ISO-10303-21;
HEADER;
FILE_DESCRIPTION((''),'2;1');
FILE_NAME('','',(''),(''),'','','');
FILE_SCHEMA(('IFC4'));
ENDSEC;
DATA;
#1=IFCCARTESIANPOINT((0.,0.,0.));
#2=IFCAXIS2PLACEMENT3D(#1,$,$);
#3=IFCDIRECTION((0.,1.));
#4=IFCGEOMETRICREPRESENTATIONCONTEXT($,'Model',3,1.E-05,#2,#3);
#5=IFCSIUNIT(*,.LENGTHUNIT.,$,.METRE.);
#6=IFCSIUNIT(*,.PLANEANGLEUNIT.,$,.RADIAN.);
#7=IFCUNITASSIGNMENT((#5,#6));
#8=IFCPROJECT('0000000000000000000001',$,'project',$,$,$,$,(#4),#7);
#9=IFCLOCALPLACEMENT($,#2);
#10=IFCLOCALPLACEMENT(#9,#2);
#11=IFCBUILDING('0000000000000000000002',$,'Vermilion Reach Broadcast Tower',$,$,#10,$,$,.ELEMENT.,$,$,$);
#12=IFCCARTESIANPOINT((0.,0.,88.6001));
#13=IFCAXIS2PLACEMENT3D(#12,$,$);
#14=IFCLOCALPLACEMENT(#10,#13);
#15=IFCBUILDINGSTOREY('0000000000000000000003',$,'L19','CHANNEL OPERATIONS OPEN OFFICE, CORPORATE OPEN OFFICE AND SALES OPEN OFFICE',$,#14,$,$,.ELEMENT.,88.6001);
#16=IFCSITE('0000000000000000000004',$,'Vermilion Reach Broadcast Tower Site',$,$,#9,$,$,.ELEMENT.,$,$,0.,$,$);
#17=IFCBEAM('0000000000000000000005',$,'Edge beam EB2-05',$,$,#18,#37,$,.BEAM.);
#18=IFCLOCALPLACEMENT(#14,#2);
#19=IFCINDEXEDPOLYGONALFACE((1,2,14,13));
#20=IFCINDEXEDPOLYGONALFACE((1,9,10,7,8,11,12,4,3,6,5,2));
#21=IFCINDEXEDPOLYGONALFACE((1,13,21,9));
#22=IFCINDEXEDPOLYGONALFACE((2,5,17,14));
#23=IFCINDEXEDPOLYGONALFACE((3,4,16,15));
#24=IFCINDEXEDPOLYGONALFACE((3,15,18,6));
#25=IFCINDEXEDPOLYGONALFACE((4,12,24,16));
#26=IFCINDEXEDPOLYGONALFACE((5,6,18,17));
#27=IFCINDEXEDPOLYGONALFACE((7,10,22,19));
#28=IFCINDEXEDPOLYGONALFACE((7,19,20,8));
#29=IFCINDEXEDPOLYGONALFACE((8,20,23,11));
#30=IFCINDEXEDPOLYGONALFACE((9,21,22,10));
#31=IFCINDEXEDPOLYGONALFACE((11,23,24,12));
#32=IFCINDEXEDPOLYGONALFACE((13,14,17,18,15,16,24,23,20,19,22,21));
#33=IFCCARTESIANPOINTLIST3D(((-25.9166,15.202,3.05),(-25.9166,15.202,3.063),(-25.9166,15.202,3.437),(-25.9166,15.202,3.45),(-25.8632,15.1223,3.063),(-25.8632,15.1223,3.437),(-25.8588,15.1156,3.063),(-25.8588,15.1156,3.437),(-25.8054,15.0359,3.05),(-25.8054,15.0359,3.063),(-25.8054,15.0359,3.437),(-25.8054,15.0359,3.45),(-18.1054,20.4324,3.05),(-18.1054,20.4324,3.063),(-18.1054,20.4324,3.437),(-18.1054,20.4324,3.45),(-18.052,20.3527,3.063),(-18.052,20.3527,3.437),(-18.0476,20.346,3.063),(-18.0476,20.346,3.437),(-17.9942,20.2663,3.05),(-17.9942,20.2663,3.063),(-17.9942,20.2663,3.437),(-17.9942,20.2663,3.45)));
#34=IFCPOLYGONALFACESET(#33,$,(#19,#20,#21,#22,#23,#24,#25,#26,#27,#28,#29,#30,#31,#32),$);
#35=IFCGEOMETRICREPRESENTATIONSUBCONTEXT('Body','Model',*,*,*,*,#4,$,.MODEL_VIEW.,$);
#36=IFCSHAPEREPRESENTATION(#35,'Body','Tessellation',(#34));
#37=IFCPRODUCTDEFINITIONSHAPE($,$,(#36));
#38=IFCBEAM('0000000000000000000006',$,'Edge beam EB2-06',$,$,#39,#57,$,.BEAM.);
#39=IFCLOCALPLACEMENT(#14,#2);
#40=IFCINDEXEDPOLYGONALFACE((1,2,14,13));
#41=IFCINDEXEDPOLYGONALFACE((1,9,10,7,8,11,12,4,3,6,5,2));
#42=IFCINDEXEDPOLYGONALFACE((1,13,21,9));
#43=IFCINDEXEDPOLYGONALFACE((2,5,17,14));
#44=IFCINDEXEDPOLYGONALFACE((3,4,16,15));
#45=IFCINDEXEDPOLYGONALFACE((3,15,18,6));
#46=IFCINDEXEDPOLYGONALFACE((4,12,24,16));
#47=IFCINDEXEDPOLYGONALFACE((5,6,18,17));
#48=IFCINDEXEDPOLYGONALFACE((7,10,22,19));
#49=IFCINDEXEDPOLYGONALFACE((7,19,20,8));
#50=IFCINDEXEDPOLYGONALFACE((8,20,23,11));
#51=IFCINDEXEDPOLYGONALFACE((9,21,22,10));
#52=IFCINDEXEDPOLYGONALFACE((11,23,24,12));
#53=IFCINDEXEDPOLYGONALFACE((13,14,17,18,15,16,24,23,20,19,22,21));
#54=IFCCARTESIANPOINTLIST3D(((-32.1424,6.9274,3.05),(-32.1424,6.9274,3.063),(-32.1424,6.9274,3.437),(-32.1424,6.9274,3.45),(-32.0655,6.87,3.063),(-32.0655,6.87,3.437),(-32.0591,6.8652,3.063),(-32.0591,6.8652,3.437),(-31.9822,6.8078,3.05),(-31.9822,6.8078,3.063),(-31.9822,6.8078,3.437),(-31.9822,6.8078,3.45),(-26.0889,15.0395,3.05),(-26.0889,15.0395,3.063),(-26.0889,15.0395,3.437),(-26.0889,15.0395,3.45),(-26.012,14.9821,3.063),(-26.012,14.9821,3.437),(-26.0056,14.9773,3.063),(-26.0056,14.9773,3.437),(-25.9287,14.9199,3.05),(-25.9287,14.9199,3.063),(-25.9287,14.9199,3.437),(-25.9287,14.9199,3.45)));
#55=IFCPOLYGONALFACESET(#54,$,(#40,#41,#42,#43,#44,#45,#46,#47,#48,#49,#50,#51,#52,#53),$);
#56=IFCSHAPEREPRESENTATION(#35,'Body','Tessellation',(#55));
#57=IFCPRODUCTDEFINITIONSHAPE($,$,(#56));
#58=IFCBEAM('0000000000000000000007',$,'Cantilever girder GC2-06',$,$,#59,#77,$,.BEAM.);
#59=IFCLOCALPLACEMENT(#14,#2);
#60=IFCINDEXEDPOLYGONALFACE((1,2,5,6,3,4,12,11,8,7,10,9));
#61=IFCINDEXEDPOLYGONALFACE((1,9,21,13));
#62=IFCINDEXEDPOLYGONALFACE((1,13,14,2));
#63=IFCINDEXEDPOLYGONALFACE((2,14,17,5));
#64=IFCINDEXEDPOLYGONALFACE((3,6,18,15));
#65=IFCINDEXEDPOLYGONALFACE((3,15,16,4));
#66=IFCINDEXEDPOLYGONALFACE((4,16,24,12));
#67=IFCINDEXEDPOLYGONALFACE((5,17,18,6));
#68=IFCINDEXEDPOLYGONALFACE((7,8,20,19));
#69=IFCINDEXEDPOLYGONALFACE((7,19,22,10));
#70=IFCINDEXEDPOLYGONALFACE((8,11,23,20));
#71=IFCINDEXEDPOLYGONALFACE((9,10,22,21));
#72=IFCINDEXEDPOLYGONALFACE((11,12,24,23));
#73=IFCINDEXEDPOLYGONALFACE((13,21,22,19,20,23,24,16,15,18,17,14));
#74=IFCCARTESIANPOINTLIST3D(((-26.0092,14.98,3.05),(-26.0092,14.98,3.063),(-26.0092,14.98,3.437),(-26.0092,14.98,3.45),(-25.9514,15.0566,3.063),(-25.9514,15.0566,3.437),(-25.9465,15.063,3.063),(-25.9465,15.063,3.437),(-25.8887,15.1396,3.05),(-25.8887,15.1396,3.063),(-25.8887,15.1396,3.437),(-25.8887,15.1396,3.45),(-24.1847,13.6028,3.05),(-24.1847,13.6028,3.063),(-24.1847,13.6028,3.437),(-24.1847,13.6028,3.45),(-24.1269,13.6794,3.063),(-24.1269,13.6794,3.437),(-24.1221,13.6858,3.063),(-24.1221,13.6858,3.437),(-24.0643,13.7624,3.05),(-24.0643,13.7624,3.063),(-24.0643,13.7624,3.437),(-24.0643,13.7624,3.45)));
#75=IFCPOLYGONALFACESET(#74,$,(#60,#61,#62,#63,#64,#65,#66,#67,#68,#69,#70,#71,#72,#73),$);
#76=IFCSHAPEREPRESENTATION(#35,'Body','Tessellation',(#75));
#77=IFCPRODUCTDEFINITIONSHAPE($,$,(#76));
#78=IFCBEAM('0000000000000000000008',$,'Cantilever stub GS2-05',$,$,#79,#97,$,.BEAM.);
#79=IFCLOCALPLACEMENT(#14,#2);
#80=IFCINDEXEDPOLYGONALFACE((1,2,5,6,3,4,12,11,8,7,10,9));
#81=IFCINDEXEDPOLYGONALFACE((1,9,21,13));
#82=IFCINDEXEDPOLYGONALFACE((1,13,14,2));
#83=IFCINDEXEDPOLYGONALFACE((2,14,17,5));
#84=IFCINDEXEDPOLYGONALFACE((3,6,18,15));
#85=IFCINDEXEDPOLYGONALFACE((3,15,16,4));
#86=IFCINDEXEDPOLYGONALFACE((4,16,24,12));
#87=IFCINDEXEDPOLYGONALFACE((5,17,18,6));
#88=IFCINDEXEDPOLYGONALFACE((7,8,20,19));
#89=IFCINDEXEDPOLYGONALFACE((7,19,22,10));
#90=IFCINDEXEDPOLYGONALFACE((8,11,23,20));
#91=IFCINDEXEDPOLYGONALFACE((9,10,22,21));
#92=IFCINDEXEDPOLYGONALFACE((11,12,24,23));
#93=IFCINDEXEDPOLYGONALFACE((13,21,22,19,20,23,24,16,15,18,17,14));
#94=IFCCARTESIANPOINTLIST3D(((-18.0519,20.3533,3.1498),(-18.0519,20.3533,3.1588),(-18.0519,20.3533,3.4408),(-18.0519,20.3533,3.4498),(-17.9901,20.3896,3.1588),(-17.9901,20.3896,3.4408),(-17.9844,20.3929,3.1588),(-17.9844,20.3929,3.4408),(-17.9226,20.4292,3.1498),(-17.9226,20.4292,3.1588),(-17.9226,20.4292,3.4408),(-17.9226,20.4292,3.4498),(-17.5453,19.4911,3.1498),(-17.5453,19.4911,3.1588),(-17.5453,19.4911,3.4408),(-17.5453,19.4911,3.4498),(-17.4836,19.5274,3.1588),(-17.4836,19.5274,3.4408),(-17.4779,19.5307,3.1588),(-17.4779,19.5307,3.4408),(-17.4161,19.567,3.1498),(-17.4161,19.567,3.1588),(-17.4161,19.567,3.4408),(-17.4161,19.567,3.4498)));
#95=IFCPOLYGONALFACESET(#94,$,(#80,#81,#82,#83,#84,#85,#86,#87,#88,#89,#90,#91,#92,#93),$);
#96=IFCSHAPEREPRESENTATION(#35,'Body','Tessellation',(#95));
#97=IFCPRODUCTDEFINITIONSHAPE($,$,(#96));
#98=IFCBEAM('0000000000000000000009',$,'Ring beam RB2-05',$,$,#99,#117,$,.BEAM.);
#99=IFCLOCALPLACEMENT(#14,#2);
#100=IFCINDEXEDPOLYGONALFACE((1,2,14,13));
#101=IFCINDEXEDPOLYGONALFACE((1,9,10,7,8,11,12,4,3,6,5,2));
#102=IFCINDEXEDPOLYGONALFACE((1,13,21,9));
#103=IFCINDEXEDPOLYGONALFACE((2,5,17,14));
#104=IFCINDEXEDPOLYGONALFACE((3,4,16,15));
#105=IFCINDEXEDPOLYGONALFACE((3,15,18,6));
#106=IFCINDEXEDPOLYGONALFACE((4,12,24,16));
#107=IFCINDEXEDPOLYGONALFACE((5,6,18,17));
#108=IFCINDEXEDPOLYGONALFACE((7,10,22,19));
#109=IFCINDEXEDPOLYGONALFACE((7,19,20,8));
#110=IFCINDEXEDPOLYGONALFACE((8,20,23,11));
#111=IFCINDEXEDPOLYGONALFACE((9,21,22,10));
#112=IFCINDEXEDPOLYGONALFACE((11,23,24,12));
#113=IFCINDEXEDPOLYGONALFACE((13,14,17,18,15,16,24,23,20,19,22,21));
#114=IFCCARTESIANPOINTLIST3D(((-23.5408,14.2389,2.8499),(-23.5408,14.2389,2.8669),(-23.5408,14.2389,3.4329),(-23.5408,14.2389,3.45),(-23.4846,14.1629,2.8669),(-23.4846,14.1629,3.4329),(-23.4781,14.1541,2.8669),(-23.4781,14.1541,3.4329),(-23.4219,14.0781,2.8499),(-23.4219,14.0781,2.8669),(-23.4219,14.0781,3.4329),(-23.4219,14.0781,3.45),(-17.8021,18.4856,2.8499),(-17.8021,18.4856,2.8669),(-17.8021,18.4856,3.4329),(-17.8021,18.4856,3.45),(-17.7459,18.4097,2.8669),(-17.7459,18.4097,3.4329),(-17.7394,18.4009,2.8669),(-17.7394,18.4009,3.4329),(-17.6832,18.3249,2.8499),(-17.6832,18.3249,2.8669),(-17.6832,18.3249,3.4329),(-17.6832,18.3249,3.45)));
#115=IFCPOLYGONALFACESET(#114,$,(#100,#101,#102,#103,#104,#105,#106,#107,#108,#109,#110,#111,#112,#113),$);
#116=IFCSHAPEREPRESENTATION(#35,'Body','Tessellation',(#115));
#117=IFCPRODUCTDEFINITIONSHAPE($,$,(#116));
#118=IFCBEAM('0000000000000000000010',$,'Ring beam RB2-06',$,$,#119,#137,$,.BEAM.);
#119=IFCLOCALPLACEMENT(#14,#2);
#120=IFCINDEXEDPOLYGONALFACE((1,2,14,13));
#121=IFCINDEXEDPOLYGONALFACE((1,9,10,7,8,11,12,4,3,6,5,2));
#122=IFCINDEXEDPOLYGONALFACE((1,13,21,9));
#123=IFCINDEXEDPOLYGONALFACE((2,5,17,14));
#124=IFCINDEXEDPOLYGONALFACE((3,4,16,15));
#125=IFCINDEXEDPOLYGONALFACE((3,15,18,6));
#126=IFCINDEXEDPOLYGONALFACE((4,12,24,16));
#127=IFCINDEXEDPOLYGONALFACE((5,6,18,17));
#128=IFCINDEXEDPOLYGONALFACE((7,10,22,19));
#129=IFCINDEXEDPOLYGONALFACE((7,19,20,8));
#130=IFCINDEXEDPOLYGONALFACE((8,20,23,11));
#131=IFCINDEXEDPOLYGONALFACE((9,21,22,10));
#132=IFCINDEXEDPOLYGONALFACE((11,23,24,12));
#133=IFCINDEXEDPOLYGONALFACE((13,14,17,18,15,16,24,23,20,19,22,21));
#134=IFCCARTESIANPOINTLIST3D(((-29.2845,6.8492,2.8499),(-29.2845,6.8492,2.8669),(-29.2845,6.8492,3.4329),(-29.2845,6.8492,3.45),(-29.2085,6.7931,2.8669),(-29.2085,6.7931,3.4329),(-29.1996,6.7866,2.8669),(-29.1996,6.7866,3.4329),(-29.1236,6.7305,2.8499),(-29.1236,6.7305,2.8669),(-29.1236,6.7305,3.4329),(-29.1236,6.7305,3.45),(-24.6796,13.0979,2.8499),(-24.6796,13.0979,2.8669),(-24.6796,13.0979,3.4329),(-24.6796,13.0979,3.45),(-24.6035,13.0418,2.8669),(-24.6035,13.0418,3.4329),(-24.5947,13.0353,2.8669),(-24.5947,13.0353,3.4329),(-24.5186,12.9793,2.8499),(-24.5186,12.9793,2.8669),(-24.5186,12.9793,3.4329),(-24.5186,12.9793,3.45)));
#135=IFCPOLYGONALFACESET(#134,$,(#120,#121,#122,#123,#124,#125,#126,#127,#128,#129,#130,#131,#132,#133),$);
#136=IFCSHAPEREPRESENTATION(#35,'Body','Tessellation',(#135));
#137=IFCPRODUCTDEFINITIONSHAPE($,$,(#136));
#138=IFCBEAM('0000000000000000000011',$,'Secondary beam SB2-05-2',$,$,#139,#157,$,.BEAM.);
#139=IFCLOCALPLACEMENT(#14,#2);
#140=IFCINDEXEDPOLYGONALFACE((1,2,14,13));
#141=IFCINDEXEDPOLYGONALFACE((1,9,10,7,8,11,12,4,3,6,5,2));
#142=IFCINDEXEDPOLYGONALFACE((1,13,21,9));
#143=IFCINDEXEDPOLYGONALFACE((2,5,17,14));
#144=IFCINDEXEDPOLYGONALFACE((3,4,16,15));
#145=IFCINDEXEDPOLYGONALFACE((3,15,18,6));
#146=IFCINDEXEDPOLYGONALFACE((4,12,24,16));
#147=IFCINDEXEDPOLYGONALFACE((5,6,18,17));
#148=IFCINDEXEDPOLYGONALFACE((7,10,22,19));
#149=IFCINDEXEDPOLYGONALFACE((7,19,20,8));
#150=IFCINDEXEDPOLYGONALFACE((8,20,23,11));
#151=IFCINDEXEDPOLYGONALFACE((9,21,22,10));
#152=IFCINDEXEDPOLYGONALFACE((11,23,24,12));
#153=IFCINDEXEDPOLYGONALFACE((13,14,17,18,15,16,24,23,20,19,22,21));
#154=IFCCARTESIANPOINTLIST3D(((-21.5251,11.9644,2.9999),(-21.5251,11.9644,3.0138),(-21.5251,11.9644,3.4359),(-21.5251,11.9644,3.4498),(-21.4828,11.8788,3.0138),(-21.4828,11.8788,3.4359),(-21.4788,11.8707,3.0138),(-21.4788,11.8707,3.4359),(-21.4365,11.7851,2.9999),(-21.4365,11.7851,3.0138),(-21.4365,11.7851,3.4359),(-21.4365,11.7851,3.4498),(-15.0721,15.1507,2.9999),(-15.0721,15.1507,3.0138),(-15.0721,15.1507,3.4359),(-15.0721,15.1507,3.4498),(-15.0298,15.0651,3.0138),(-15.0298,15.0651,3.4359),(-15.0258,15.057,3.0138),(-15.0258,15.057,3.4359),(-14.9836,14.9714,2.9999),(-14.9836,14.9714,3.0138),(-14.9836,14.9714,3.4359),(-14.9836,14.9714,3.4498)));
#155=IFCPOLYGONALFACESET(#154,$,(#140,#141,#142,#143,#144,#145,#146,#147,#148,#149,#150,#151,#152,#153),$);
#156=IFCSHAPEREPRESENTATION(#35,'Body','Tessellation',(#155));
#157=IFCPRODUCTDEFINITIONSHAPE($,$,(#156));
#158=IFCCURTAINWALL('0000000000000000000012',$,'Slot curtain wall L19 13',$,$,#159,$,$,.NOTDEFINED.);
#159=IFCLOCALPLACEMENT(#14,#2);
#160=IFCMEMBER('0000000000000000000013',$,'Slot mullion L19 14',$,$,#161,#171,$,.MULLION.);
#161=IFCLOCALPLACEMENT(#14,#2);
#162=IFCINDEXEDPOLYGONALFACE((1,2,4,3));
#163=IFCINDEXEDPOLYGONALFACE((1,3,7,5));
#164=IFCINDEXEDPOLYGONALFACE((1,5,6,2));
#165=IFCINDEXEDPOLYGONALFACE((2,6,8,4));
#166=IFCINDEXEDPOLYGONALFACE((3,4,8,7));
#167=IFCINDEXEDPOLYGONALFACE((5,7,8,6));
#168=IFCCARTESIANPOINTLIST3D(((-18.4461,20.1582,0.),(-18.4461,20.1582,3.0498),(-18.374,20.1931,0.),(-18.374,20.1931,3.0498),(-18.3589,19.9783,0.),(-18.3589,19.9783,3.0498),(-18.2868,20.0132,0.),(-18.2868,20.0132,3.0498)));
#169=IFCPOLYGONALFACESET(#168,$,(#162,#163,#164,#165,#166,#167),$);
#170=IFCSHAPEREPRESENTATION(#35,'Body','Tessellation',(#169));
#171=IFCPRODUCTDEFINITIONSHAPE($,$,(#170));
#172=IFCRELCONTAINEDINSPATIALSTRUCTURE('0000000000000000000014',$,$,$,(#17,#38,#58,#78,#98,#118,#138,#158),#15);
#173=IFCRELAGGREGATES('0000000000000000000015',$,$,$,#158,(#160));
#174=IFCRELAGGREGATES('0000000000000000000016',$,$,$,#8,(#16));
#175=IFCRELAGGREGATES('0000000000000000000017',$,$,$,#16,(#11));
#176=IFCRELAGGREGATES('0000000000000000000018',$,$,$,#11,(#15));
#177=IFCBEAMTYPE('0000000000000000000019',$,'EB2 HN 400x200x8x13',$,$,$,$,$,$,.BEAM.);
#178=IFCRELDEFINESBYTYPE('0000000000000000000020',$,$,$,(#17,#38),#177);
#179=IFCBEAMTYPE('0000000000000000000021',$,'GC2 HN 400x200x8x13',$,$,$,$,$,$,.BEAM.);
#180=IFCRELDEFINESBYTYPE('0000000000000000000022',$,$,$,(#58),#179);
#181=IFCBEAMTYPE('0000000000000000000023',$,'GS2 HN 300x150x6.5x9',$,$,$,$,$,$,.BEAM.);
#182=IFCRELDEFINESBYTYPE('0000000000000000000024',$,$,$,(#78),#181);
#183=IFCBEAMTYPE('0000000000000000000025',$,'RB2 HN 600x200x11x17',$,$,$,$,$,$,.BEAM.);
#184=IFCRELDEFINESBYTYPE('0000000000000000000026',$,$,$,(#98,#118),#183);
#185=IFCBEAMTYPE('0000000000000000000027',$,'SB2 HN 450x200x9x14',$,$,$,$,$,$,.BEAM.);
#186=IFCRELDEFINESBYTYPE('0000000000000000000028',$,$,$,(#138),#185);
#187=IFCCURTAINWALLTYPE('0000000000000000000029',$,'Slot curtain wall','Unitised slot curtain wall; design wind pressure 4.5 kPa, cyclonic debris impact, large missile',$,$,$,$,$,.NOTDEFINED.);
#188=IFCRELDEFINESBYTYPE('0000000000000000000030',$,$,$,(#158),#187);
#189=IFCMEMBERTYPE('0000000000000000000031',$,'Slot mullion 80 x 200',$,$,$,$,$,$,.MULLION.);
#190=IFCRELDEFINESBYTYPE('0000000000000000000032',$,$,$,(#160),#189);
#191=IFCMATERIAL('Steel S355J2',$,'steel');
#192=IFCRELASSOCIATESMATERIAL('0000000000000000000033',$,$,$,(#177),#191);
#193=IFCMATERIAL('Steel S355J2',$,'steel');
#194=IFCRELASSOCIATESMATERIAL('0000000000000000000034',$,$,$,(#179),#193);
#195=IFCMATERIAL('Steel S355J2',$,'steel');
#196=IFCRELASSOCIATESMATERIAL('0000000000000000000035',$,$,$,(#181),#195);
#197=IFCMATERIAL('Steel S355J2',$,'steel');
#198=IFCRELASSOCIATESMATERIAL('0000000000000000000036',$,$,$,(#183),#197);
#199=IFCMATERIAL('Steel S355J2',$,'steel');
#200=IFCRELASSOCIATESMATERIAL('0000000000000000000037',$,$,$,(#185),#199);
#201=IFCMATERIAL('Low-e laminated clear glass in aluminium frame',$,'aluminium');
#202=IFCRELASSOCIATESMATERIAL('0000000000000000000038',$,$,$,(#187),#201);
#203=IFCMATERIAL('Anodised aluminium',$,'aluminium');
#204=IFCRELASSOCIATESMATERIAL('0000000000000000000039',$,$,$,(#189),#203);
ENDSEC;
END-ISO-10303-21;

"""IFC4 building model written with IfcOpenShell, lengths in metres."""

from ifc_helpers import new_model, si_unit, direction, frame, origin, origin_2d, place, context, subcontext, project, spatial, rectangle, i_section, extrude, material, material_profile, profile_set, type_object, element, aggregate, save


model = new_model("IFC4")

# Units and contexts
model_context = context("Model", 3, precision=1e-05, world=origin(), true_north=direction((0.0, 1.0)))
body_context = subcontext(model_context, "Body", "Model", "MODEL_VIEW")
ifc_project = project(units=[si_unit("LENGTHUNIT", "METRE"), si_unit("PLANEANGLEUNIT", "RADIAN")], contexts=[model_context])

# Site, building, storey
site_placement = place(None, origin())
site = spatial("IfcSite", under=ifc_project, at=site_placement, Name="Vermilion Reach Broadcast Tower Site", CompositionType="ELEMENT", RefElevation=0.0)
building_placement = place(site_placement, origin())
building = spatial("IfcBuilding", under=site, at=building_placement, Name="Vermilion Reach Broadcast Tower", CompositionType="ELEMENT")
storey_placement = place(building_placement, frame((0.0, 0.0, 88.6001)))
storey = spatial("IfcBuildingStorey", under=building, at=storey_placement, Name="L19", Description="CHANNEL OPERATIONS OPEN OFFICE, CORPORATE OPEN OFFICE AND SALES OPEN OFFICE", CompositionType="ELEMENT", Elevation=88.6001)

# Beams
ifc_material_1 = material(Name="Steel S355J2", Category="steel")
ifc_material_profile_1 = material_profile(ifc_material_1, i_section(OverallWidth=0.2, OverallDepth=0.3999, WebThickness=0.0081, FlangeThickness=0.0129, at=origin_2d()), Name="S355J2 HN 400x200x8x13")
ifc_profile_set_1 = profile_set([ifc_material_profile_1], Name="Steel S355J2")
beam_type_1 = type_object("IfcBeamType", Name="EB2 HN 400x200x8x13", PredefinedType="BEAM", material=ifc_profile_set_1)
beam_1_placement = place(storey_placement, frame((-18.0498, 20.3494, 3.25), z_axis=(-0.830922, -0.556389, 0.0), x_axis=(0.556389, -0.830922, 0.0)))
element("IfcBeam", 1, at=beam_1_placement, inside=storey, type_object=beam_type_1, Name="Edge beam EB2-05", PredefinedType="BEAM", context=body_context, shape_type="SweptSolid", body=[
    extrude(i_section(OverallWidth=0.2, OverallDepth=0.3999, WebThickness=0.0081, FlangeThickness=0.0129, at=origin_2d()), origin(), (0.0, 0.0, 1.0), 9.4006),
])
beam_2_placement = place(storey_placement, frame((-26.0088, 14.9797, 3.25), z_axis=(-0.598065, -0.801448, 0.0), x_axis=(0.801448, -0.598065, 0.0)))
element("IfcBeam", 2, at=beam_2_placement, inside=storey, type_object=beam_type_1, Name="Edge beam EB2-06", PredefinedType="BEAM", context=body_context, shape_type="SweptSolid", body=[
    extrude(i_section(OverallWidth=0.2, OverallDepth=0.3999, WebThickness=0.0081, FlangeThickness=0.0129, at=origin_2d()), origin(), (0.0, 0.0, 1.0), 10.1218),
])
ifc_material_2 = material(Name="Steel S355J2", Category="steel")
ifc_material_profile_2 = material_profile(ifc_material_2, i_section(OverallWidth=0.2, OverallDepth=0.3999, WebThickness=0.0081, FlangeThickness=0.0129, at=origin_2d()), Name="S355J2 HN 400x200x8x13")
ifc_profile_set_2 = profile_set([ifc_material_profile_2], Name="Steel S355J2")
beam_type_2 = type_object("IfcBeamType", Name="GC2 HN 400x200x8x13", PredefinedType="BEAM", material=ifc_profile_set_2)
beam_3_placement = place(storey_placement, frame((-24.1245, 13.6826, 3.25), z_axis=(-0.798138, 0.602475, 0.0), x_axis=(-0.602475, -0.798138, 0.0)))
element("IfcBeam", 3, at=beam_3_placement, inside=storey, type_object=beam_type_2, Name="Cantilever girder GC2-06", PredefinedType="BEAM", context=body_context, shape_type="SweptSolid", body=[
    extrude(i_section(OverallWidth=0.2, OverallDepth=0.3999, WebThickness=0.0081, FlangeThickness=0.0129, at=origin_2d()), origin(), (0.0, 0.0, 1.0), 2.2859),
])
ifc_material_3 = material(Name="Steel S355J2", Category="steel")
ifc_material_profile_3 = material_profile(ifc_material_3, i_section(OverallWidth=0.1499, OverallDepth=0.3, WebThickness=0.0066, FlangeThickness=0.009, at=origin_2d()), Name="S355J2 HN 300x150x6.5x9")
ifc_profile_set_3 = profile_set([ifc_material_profile_3], Name="Steel S355J2")
beam_type_3 = type_object("IfcBeamType", Name="GS2 HN 300x150x6.5x9", PredefinedType="BEAM", material=ifc_profile_set_3)
beam_4_placement = place(storey_placement, frame((-17.4807, 19.5291, 3.2998), z_axis=(-0.50654, 0.862216, 0.0), x_axis=(-0.862216, -0.50654, 0.0)))
element("IfcBeam", 4, at=beam_4_placement, inside=storey, type_object=beam_type_3, Name="Cantilever stub GS2-05", PredefinedType="BEAM", context=body_context, shape_type="SweptSolid", body=[
    extrude(i_section(OverallWidth=0.1499, OverallDepth=0.3, WebThickness=0.0066, FlangeThickness=0.009, at=origin_2d()), origin(), (0.0, 0.0, 1.0), 1.0),
])
ifc_material_4 = material(Name="Steel S355J2", Category="steel")
ifc_material_profile_4 = material_profile(ifc_material_4, i_section(OverallWidth=0.2, OverallDepth=0.6001, WebThickness=0.011, FlangeThickness=0.0171, at=origin_2d()), Name="S355J2 HN 600x200x11x17")
ifc_profile_set_4 = profile_set([ifc_material_profile_4], Name="Steel S355J2")
beam_type_4 = type_object("IfcBeamType", Name="RB2 HN 600x200x11x17", PredefinedType="BEAM", material=ifc_profile_set_4)
beam_5_placement = place(storey_placement, frame((-17.7427, 18.4053, 3.1499), z_axis=(-0.803833, -0.594855, 0.0), x_axis=(0.594855, -0.803833, 0.0)))
element("IfcBeam", 5, at=beam_5_placement, inside=storey, type_object=beam_type_4, Name="Ring beam RB2-05", PredefinedType="BEAM", context=body_context, shape_type="SweptSolid", body=[
    extrude(i_section(OverallWidth=0.2, OverallDepth=0.6001, WebThickness=0.011, FlangeThickness=0.0171, at=origin_2d()), origin(), (0.0, 0.0, 1.0), 7.1392),
])
beam_6_placement = place(storey_placement, frame((-24.5991, 13.0386, 3.1499), z_axis=(-0.593251, -0.805018, 0.0), x_axis=(0.805018, -0.593251, 0.0)))
element("IfcBeam", 6, at=beam_6_placement, inside=storey, type_object=beam_type_4, Name="Ring beam RB2-06", PredefinedType="BEAM", context=body_context, shape_type="SweptSolid", body=[
    extrude(i_section(OverallWidth=0.2, OverallDepth=0.6001, WebThickness=0.011, FlangeThickness=0.0171, at=origin_2d()), origin(), (0.0, 0.0, 1.0), 7.7622),
])
ifc_material_5 = material(Name="Steel S355J2", Category="steel")
ifc_material_profile_5 = material_profile(ifc_material_5, i_section(OverallWidth=0.2, OverallDepth=0.45, WebThickness=0.009, FlangeThickness=0.0139, at=origin_2d()), Name="S355J2 HN 450x200x9x14")
ifc_profile_set_5 = profile_set([ifc_material_profile_5], Name="Steel S355J2")
beam_type_5 = type_object("IfcBeamType", Name="SB2 HN 450x200x9x14", PredefinedType="BEAM", material=ifc_profile_set_5)
beam_7_placement = place(storey_placement, frame((-15.0278, 15.061, 3.2249), z_axis=(-0.896648, -0.442744, 0.0), x_axis=(0.442744, -0.896648, 0.0)))
element("IfcBeam", 7, at=beam_7_placement, inside=storey, type_object=beam_type_5, Name="Secondary beam SB2-05-2", PredefinedType="BEAM", context=body_context, shape_type="SweptSolid", body=[
    extrude(i_section(OverallWidth=0.2, OverallDepth=0.45, WebThickness=0.009, FlangeThickness=0.0139, at=origin_2d()), origin(), (0.0, 0.0, 1.0), 7.1968),
])

# Curtain wall, member
ifc_material_6 = material(Name="Low-e laminated clear glass in aluminium frame", Category="aluminium")
curtain_wall_type = type_object("IfcCurtainWallType", Name="Slot curtain wall", Description="Unitised slot curtain wall; design wind pressure 4.5 kPa, cyclonic debris impact, large missile", PredefinedType="NOTDEFINED", material=ifc_material_6)
curtain_wall_placement = place(storey_placement, origin())
curtain_wall = element("IfcCurtainWall", 8, at=curtain_wall_placement, inside=storey, type_object=curtain_wall_type, Name="Slot curtain wall L19 13", PredefinedType="NOTDEFINED")
ifc_material_7 = material(Name="Anodised aluminium", Category="aluminium")
ifc_material_profile_6 = material_profile(ifc_material_7, rectangle(XDim=0.2, YDim=0.0801, at=origin_2d()), Name="Slot mullion 80 x 200")
ifc_profile_set_6 = profile_set([ifc_material_profile_6], Name="Anodised aluminium")
member_type_1 = type_object("IfcMemberType", Name="Slot mullion 80 x 200", PredefinedType="MULLION", material=ifc_profile_set_6)
member_1_placement = place(storey_placement, frame((-18.3665, 20.0857, 0.0), z_axis=(0.0, 0.0, 1.0), x_axis=(0.435875, -0.900007, 0.0)))
member_1 = element("IfcMember", 9, at=member_1_placement, type_object=member_type_1, Name="Slot mullion L19 14", PredefinedType="MULLION", context=body_context, shape_type="SweptSolid", body=[
    extrude(rectangle(XDim=0.2, YDim=0.0801, at=origin_2d()), origin(), (0.0, 0.0, 1.0), 3.0498),
])
aggregate(curtain_wall, [member_1])

save(model, "model.ifc")
